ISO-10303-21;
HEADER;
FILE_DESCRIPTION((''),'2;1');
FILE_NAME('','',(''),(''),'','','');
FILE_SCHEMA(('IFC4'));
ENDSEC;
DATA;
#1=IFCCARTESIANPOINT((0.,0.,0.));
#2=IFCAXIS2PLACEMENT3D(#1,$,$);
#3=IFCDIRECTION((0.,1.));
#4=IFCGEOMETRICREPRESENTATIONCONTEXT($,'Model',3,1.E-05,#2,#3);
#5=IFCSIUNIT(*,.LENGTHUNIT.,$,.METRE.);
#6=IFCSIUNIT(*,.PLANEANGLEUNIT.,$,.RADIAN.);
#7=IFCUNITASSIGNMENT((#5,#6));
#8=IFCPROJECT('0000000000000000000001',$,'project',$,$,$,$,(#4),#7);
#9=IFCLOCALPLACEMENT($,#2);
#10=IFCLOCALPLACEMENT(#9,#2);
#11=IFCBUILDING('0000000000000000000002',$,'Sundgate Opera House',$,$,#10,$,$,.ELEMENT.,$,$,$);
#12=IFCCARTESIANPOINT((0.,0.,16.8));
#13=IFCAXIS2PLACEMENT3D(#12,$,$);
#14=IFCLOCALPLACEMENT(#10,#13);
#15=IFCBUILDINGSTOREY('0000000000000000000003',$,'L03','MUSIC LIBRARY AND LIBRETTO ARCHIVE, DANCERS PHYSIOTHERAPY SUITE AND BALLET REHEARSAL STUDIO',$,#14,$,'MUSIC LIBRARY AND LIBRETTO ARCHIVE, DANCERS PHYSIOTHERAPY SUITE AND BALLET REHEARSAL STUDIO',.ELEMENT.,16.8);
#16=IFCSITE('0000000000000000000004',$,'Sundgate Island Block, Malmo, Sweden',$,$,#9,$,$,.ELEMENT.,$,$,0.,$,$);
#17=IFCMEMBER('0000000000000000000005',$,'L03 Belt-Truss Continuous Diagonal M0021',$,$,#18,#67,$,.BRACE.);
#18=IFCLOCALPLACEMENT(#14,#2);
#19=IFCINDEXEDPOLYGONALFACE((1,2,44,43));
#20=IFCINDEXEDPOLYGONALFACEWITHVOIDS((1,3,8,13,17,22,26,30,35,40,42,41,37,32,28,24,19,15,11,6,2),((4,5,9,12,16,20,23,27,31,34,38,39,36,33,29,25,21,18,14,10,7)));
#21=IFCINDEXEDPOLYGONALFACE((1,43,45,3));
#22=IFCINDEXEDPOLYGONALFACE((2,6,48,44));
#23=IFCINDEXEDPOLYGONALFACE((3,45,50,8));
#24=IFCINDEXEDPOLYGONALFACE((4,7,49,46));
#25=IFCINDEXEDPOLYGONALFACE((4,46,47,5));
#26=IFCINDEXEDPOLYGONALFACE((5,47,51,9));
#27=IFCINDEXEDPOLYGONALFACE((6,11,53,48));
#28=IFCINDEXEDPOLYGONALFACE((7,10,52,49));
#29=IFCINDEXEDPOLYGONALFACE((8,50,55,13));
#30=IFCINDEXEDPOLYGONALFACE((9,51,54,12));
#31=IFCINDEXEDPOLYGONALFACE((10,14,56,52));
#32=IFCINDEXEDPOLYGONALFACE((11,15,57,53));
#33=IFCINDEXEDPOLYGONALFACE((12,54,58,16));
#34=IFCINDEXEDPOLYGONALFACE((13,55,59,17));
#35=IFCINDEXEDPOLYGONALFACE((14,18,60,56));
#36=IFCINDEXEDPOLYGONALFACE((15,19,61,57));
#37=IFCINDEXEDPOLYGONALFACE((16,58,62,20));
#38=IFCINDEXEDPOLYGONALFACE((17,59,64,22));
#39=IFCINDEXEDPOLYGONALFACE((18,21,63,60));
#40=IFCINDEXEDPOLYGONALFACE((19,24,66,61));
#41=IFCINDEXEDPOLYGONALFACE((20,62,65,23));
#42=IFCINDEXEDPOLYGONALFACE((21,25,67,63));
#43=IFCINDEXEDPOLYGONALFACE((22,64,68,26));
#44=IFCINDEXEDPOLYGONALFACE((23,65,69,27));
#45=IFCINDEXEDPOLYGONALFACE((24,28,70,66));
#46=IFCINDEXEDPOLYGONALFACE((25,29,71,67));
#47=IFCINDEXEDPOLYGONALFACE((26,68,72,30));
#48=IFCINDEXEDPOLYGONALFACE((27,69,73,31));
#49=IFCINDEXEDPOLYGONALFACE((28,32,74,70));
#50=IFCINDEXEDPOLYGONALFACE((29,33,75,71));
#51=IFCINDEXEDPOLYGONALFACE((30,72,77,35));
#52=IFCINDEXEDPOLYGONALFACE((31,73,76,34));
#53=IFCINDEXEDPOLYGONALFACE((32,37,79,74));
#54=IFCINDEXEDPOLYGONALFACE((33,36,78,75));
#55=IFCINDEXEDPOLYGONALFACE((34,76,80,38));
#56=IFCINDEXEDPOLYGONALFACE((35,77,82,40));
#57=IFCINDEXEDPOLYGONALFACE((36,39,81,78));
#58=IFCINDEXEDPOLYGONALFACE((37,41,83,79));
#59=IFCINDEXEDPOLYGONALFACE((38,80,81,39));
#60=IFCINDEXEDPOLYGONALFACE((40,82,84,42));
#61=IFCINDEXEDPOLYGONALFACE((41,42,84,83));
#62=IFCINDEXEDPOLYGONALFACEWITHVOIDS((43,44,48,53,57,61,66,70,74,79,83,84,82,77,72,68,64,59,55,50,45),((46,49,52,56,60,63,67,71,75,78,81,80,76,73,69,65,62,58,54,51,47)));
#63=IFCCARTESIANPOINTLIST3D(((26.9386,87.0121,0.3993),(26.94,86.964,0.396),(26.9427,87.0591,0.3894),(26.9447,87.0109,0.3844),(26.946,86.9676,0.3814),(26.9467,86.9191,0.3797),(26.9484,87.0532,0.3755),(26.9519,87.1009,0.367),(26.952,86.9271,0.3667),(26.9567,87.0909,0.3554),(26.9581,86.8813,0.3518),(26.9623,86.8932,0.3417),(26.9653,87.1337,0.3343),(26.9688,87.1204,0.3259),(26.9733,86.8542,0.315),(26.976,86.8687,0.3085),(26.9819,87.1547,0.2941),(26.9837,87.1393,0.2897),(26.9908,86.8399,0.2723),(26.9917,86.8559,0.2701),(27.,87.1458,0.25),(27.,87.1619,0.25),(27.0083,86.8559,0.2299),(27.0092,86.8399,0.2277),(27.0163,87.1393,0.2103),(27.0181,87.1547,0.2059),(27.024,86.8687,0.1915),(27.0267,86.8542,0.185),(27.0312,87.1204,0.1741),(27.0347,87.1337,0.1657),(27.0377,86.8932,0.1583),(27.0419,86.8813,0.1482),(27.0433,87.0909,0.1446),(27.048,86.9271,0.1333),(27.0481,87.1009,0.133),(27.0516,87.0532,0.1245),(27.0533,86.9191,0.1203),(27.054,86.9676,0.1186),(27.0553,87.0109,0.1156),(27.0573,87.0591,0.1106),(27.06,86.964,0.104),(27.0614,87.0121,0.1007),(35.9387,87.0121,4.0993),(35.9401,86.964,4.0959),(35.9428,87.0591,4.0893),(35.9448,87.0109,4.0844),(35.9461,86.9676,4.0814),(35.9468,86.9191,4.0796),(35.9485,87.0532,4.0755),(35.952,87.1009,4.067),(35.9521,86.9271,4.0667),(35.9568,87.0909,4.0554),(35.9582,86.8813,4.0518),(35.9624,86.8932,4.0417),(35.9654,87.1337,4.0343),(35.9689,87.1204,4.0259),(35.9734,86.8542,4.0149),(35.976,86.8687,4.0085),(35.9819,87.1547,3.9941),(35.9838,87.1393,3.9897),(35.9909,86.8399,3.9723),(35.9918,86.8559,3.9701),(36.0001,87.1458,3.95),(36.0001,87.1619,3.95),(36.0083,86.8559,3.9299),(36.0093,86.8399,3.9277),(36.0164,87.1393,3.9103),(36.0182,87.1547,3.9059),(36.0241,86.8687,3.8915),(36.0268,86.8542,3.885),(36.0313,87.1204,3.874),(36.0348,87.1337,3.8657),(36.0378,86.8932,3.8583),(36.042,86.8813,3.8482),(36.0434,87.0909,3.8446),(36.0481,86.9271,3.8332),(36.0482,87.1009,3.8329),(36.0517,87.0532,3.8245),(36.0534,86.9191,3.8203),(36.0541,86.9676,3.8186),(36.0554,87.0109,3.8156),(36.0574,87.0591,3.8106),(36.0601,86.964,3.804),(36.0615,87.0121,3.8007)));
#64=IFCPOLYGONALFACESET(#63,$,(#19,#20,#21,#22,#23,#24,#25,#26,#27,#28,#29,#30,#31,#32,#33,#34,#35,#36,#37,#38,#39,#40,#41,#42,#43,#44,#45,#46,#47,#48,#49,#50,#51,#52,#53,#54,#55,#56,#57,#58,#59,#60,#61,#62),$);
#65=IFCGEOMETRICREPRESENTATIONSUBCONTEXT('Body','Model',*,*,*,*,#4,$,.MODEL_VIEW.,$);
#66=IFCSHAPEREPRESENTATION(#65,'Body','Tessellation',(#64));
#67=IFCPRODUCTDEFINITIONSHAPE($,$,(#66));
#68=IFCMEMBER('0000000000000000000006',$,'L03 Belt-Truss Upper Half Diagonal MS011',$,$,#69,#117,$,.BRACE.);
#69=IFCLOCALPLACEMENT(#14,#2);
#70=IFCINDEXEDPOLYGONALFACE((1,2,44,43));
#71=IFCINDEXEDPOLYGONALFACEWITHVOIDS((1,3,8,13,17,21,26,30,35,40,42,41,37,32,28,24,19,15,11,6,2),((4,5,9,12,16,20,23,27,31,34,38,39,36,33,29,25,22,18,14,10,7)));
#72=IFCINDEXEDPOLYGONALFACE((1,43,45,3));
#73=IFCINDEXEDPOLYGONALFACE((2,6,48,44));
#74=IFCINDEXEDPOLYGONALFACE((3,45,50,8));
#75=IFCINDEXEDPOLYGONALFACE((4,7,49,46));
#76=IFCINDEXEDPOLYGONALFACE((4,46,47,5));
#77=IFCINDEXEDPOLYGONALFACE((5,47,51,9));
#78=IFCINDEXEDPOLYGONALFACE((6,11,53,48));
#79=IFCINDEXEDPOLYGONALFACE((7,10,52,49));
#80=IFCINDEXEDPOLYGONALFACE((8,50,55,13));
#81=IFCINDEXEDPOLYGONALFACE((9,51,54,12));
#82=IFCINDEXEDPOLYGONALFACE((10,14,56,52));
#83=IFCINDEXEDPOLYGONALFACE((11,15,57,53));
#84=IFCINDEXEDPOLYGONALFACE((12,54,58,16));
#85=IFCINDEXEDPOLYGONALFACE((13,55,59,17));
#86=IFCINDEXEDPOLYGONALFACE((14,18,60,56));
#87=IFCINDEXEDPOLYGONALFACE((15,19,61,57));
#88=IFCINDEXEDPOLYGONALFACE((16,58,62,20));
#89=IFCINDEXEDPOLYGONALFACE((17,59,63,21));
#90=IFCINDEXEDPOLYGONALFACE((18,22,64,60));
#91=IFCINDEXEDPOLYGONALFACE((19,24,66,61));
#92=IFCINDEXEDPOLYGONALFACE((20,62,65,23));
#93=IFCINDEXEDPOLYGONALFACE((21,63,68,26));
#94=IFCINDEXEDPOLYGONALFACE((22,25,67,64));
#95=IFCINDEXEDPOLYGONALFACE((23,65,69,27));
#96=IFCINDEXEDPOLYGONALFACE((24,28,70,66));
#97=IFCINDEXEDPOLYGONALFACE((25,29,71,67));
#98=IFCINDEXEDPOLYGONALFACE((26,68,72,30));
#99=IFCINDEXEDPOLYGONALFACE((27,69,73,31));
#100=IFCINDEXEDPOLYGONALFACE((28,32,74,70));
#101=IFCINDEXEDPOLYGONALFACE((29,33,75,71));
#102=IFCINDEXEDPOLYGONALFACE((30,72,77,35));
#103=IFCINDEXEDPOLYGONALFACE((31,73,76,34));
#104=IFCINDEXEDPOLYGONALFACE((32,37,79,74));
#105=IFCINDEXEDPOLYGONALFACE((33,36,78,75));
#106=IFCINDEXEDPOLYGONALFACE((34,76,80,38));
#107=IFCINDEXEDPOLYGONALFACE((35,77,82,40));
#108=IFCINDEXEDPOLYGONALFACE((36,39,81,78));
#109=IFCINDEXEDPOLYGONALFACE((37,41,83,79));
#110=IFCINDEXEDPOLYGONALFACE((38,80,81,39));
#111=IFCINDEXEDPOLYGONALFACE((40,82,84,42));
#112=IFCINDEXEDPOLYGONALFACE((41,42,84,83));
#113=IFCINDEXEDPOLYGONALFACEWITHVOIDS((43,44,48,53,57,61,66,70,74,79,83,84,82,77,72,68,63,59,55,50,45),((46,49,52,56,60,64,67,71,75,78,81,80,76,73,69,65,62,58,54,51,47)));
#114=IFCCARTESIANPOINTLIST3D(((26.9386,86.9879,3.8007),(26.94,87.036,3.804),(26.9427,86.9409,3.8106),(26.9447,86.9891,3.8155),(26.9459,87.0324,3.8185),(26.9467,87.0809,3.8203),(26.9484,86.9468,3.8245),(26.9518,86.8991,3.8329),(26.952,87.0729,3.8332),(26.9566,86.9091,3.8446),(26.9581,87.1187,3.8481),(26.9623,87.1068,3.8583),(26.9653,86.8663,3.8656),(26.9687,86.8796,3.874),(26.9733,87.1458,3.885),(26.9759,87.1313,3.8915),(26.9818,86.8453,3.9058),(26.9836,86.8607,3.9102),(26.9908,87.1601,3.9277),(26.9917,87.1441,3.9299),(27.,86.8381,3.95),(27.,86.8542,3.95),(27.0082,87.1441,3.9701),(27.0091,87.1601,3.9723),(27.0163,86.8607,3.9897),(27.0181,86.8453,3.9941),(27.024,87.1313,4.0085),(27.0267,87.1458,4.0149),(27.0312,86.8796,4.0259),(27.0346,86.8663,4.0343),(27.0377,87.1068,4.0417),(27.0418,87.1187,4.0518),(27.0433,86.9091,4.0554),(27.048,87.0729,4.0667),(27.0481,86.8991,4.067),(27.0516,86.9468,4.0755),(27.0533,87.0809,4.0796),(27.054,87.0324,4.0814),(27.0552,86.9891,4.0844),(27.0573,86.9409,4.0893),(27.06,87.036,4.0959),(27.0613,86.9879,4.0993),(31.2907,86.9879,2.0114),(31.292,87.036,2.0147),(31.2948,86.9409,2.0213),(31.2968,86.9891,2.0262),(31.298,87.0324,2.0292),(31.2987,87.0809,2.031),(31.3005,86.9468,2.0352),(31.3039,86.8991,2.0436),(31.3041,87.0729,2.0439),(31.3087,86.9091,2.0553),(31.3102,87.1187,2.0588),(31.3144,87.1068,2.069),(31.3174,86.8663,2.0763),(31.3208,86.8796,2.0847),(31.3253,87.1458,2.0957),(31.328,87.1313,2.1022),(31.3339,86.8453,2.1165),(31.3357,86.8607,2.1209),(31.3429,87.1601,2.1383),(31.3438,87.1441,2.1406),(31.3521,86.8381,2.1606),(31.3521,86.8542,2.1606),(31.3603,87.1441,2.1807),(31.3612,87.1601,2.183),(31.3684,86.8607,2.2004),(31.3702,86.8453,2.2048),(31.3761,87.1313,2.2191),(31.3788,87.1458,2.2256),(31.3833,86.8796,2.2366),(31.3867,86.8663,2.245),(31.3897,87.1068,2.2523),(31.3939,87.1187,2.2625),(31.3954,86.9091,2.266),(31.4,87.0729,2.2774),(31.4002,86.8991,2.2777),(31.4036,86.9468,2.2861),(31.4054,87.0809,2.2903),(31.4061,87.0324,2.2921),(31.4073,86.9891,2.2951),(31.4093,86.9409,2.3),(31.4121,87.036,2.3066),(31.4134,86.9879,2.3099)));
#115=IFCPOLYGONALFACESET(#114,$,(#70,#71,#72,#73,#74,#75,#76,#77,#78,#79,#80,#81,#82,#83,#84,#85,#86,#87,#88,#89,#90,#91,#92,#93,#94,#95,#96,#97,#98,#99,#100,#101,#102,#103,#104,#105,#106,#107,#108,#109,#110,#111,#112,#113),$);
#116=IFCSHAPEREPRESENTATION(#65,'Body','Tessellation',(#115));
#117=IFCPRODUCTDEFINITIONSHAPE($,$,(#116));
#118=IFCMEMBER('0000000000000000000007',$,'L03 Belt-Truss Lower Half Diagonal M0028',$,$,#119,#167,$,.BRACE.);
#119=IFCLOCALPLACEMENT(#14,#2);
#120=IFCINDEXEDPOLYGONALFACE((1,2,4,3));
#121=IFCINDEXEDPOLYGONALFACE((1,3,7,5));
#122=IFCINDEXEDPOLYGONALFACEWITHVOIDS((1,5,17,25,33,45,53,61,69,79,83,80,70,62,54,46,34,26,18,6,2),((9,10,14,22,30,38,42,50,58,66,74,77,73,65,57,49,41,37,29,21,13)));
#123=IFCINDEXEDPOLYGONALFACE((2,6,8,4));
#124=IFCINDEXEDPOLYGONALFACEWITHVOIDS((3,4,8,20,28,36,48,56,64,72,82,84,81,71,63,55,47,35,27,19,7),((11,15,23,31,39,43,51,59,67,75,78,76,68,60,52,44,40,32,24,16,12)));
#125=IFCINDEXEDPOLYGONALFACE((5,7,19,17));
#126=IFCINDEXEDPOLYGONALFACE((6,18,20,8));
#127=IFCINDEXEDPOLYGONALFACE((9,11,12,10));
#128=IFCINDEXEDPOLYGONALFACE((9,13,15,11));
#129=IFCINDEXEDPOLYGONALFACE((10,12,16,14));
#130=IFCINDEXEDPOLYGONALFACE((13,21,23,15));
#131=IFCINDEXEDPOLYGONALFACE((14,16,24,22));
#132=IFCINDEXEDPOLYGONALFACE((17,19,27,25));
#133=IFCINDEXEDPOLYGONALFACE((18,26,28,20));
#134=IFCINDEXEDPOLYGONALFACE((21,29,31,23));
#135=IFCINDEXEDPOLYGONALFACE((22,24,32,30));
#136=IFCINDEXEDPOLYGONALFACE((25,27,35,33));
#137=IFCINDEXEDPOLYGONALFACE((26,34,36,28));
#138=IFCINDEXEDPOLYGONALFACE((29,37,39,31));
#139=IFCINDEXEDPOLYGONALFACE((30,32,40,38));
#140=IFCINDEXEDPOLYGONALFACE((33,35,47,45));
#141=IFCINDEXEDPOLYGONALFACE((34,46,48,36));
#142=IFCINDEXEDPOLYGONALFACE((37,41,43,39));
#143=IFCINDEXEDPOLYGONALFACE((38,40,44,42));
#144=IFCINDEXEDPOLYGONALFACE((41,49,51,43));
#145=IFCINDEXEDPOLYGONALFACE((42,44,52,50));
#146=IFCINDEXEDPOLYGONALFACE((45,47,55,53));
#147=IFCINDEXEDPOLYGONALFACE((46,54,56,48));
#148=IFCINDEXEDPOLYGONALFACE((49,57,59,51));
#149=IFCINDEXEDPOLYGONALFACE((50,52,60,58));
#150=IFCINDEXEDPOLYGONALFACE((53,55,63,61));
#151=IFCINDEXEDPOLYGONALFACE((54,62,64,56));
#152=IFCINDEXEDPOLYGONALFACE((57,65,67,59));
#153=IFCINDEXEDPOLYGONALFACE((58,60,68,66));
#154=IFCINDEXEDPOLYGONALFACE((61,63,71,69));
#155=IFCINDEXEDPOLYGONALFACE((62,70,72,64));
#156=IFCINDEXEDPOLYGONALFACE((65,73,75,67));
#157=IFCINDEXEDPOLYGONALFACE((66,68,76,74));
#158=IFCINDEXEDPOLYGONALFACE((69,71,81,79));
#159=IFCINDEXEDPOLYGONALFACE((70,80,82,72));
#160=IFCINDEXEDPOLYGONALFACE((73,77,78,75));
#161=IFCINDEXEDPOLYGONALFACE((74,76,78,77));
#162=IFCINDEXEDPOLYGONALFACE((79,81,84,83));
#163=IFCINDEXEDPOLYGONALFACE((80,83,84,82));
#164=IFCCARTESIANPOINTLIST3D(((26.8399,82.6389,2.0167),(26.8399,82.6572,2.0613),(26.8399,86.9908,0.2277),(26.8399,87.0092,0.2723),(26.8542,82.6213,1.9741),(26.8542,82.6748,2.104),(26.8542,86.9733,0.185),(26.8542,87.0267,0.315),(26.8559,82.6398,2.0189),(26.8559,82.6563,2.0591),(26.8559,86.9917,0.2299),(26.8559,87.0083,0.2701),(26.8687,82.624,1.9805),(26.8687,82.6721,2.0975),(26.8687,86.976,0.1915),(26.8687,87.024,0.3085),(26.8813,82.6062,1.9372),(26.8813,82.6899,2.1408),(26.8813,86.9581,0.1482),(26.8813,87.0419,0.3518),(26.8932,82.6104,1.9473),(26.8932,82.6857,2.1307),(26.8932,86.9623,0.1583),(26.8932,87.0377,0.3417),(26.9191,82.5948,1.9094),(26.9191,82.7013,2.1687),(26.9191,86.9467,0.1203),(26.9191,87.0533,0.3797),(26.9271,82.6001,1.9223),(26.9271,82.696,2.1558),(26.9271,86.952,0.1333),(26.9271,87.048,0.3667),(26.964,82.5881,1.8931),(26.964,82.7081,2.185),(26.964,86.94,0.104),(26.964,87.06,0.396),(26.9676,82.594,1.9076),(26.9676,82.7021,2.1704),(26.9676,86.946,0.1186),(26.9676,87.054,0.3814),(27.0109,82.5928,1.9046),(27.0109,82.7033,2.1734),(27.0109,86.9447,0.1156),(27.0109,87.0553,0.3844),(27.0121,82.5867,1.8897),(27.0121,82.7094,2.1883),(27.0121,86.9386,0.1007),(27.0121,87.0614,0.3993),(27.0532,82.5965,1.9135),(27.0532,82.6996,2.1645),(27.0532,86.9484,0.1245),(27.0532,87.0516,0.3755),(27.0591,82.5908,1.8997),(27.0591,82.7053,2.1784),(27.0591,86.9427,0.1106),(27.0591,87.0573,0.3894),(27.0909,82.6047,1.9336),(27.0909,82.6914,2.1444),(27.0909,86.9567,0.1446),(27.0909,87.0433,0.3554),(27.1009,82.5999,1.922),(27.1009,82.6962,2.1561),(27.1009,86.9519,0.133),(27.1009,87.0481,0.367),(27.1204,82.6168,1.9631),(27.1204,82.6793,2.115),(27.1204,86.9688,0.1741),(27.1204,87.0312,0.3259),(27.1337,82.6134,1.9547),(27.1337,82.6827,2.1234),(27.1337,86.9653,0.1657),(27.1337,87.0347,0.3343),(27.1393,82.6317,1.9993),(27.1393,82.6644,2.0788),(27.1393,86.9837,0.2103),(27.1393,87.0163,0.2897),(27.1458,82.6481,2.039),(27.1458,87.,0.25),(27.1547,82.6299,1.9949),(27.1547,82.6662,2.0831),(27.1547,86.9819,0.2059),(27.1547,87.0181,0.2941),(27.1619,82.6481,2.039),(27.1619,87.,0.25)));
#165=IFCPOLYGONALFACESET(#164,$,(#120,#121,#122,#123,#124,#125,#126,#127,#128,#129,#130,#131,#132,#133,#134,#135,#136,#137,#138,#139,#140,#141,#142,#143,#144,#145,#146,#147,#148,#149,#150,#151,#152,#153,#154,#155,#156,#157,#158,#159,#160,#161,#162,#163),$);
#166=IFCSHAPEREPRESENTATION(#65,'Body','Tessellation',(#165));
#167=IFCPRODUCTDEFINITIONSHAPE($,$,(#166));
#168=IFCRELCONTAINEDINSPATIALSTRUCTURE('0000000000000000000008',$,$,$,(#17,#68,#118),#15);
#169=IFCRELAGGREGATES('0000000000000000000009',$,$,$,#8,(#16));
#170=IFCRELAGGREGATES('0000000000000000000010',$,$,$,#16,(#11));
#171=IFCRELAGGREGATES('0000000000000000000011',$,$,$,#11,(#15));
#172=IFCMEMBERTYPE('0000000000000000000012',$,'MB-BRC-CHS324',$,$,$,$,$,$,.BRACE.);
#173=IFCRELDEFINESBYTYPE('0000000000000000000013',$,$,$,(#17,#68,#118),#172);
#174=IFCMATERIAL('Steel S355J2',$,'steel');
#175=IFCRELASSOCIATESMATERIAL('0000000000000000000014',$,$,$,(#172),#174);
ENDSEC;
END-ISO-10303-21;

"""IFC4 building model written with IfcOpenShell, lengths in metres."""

from ifc_helpers import new_model, si_unit, direction, frame, origin, origin_2d, place, context, subcontext, project, spatial, hollow_circle, extrude, material, material_profile, profile_set, type_object, element, save


model = new_model("IFC4")

# Units and contexts
model_context = context("Model", 3, precision=1e-05, world=origin(), true_north=direction((0.0, 1.0)))
body_context = subcontext(model_context, "Body", "Model", "MODEL_VIEW")
ifc_project = project(units=[si_unit("LENGTHUNIT", "METRE"), si_unit("PLANEANGLEUNIT", "RADIAN")], contexts=[model_context])

# Site, building, storey
site_placement = place(None, origin())
site = spatial("IfcSite", under=ifc_project, at=site_placement, Name="Sundgate Island Block, Malmo, Sweden", CompositionType="ELEMENT", RefElevation=0.0)
building_placement = place(site_placement, origin())
building = spatial("IfcBuilding", under=site, at=building_placement, Name="Sundgate Opera House", CompositionType="ELEMENT")
storey_placement = place(building_placement, frame((0.0, 0.0, 16.8)))
storey = spatial("IfcBuildingStorey", under=building, at=storey_placement, Name="L03", Description="MUSIC LIBRARY AND LIBRETTO ARCHIVE, DANCERS PHYSIOTHERAPY SUITE AND BALLET REHEARSAL STUDIO", LongName="MUSIC LIBRARY AND LIBRETTO ARCHIVE, DANCERS PHYSIOTHERAPY SUITE AND BALLET REHEARSAL STUDIO", CompositionType="ELEMENT", Elevation=16.8)

# Members
ifc_material_1 = material(Name="Steel S355J2", Category="steel")
ifc_material_profile_1 = material_profile(ifc_material_1, hollow_circle(Radius=0.1619, WallThickness=0.0161, at=origin_2d()), Name="CHS 323.9x16.0")
ifc_profile_set_1 = profile_set([ifc_material_profile_1], Name="Steel S355J2")
member_type_1 = type_object("IfcMemberType", Name="MB-BRC-CHS324", PredefinedType="BRACE", material=ifc_profile_set_1)
member_1_placement = place(storey_placement, frame((27.0, 87.0, 0.25), z_axis=(0.924893, 0.0, 0.380229), x_axis=(0.0, 1.0, 0.0)))
element("IfcMember", 1, at=member_1_placement, inside=storey, type_object=member_type_1, Name="L03 Belt-Truss Continuous Diagonal M0021", PredefinedType="BRACE", context=body_context, shape_type="SweptSolid", body=[
    extrude(hollow_circle(Radius=0.1619, WallThickness=0.0161, at=origin_2d()), origin(), (0.0, 0.0, 1.0), 9.731),
])
member_2_placement = place(storey_placement, frame((31.3521, 87.0, 2.1606), z_axis=(-0.924881, 0.0, 0.380257), x_axis=(0.0, -1.0, 0.0)))
element("IfcMember", 2, at=member_2_placement, inside=storey, type_object=member_type_1, Name="L03 Belt-Truss Upper Half Diagonal MS011", PredefinedType="BRACE", context=body_context, shape_type="SweptSolid", body=[
    extrude(hollow_circle(Radius=0.1619, WallThickness=0.0161, at=origin_2d()), origin(), (0.0, 0.0, 1.0), 4.7056),
])
member_3_placement = place(storey_placement, frame((27.0, 87.0, 0.25), z_axis=(0.0, -0.924899, 0.380212), x_axis=(1.0, 0.0, 0.0)))
element("IfcMember", 3, at=member_3_placement, inside=storey, type_object=member_type_1, Name="L03 Belt-Truss Lower Half Diagonal M0028", PredefinedType="BRACE", context=body_context, shape_type="SweptSolid", body=[
    extrude(hollow_circle(Radius=0.1619, WallThickness=0.0161, at=origin_2d()), origin(), (0.0, 0.0, 1.0), 4.7053),
])

save(model, "model.ifc")
